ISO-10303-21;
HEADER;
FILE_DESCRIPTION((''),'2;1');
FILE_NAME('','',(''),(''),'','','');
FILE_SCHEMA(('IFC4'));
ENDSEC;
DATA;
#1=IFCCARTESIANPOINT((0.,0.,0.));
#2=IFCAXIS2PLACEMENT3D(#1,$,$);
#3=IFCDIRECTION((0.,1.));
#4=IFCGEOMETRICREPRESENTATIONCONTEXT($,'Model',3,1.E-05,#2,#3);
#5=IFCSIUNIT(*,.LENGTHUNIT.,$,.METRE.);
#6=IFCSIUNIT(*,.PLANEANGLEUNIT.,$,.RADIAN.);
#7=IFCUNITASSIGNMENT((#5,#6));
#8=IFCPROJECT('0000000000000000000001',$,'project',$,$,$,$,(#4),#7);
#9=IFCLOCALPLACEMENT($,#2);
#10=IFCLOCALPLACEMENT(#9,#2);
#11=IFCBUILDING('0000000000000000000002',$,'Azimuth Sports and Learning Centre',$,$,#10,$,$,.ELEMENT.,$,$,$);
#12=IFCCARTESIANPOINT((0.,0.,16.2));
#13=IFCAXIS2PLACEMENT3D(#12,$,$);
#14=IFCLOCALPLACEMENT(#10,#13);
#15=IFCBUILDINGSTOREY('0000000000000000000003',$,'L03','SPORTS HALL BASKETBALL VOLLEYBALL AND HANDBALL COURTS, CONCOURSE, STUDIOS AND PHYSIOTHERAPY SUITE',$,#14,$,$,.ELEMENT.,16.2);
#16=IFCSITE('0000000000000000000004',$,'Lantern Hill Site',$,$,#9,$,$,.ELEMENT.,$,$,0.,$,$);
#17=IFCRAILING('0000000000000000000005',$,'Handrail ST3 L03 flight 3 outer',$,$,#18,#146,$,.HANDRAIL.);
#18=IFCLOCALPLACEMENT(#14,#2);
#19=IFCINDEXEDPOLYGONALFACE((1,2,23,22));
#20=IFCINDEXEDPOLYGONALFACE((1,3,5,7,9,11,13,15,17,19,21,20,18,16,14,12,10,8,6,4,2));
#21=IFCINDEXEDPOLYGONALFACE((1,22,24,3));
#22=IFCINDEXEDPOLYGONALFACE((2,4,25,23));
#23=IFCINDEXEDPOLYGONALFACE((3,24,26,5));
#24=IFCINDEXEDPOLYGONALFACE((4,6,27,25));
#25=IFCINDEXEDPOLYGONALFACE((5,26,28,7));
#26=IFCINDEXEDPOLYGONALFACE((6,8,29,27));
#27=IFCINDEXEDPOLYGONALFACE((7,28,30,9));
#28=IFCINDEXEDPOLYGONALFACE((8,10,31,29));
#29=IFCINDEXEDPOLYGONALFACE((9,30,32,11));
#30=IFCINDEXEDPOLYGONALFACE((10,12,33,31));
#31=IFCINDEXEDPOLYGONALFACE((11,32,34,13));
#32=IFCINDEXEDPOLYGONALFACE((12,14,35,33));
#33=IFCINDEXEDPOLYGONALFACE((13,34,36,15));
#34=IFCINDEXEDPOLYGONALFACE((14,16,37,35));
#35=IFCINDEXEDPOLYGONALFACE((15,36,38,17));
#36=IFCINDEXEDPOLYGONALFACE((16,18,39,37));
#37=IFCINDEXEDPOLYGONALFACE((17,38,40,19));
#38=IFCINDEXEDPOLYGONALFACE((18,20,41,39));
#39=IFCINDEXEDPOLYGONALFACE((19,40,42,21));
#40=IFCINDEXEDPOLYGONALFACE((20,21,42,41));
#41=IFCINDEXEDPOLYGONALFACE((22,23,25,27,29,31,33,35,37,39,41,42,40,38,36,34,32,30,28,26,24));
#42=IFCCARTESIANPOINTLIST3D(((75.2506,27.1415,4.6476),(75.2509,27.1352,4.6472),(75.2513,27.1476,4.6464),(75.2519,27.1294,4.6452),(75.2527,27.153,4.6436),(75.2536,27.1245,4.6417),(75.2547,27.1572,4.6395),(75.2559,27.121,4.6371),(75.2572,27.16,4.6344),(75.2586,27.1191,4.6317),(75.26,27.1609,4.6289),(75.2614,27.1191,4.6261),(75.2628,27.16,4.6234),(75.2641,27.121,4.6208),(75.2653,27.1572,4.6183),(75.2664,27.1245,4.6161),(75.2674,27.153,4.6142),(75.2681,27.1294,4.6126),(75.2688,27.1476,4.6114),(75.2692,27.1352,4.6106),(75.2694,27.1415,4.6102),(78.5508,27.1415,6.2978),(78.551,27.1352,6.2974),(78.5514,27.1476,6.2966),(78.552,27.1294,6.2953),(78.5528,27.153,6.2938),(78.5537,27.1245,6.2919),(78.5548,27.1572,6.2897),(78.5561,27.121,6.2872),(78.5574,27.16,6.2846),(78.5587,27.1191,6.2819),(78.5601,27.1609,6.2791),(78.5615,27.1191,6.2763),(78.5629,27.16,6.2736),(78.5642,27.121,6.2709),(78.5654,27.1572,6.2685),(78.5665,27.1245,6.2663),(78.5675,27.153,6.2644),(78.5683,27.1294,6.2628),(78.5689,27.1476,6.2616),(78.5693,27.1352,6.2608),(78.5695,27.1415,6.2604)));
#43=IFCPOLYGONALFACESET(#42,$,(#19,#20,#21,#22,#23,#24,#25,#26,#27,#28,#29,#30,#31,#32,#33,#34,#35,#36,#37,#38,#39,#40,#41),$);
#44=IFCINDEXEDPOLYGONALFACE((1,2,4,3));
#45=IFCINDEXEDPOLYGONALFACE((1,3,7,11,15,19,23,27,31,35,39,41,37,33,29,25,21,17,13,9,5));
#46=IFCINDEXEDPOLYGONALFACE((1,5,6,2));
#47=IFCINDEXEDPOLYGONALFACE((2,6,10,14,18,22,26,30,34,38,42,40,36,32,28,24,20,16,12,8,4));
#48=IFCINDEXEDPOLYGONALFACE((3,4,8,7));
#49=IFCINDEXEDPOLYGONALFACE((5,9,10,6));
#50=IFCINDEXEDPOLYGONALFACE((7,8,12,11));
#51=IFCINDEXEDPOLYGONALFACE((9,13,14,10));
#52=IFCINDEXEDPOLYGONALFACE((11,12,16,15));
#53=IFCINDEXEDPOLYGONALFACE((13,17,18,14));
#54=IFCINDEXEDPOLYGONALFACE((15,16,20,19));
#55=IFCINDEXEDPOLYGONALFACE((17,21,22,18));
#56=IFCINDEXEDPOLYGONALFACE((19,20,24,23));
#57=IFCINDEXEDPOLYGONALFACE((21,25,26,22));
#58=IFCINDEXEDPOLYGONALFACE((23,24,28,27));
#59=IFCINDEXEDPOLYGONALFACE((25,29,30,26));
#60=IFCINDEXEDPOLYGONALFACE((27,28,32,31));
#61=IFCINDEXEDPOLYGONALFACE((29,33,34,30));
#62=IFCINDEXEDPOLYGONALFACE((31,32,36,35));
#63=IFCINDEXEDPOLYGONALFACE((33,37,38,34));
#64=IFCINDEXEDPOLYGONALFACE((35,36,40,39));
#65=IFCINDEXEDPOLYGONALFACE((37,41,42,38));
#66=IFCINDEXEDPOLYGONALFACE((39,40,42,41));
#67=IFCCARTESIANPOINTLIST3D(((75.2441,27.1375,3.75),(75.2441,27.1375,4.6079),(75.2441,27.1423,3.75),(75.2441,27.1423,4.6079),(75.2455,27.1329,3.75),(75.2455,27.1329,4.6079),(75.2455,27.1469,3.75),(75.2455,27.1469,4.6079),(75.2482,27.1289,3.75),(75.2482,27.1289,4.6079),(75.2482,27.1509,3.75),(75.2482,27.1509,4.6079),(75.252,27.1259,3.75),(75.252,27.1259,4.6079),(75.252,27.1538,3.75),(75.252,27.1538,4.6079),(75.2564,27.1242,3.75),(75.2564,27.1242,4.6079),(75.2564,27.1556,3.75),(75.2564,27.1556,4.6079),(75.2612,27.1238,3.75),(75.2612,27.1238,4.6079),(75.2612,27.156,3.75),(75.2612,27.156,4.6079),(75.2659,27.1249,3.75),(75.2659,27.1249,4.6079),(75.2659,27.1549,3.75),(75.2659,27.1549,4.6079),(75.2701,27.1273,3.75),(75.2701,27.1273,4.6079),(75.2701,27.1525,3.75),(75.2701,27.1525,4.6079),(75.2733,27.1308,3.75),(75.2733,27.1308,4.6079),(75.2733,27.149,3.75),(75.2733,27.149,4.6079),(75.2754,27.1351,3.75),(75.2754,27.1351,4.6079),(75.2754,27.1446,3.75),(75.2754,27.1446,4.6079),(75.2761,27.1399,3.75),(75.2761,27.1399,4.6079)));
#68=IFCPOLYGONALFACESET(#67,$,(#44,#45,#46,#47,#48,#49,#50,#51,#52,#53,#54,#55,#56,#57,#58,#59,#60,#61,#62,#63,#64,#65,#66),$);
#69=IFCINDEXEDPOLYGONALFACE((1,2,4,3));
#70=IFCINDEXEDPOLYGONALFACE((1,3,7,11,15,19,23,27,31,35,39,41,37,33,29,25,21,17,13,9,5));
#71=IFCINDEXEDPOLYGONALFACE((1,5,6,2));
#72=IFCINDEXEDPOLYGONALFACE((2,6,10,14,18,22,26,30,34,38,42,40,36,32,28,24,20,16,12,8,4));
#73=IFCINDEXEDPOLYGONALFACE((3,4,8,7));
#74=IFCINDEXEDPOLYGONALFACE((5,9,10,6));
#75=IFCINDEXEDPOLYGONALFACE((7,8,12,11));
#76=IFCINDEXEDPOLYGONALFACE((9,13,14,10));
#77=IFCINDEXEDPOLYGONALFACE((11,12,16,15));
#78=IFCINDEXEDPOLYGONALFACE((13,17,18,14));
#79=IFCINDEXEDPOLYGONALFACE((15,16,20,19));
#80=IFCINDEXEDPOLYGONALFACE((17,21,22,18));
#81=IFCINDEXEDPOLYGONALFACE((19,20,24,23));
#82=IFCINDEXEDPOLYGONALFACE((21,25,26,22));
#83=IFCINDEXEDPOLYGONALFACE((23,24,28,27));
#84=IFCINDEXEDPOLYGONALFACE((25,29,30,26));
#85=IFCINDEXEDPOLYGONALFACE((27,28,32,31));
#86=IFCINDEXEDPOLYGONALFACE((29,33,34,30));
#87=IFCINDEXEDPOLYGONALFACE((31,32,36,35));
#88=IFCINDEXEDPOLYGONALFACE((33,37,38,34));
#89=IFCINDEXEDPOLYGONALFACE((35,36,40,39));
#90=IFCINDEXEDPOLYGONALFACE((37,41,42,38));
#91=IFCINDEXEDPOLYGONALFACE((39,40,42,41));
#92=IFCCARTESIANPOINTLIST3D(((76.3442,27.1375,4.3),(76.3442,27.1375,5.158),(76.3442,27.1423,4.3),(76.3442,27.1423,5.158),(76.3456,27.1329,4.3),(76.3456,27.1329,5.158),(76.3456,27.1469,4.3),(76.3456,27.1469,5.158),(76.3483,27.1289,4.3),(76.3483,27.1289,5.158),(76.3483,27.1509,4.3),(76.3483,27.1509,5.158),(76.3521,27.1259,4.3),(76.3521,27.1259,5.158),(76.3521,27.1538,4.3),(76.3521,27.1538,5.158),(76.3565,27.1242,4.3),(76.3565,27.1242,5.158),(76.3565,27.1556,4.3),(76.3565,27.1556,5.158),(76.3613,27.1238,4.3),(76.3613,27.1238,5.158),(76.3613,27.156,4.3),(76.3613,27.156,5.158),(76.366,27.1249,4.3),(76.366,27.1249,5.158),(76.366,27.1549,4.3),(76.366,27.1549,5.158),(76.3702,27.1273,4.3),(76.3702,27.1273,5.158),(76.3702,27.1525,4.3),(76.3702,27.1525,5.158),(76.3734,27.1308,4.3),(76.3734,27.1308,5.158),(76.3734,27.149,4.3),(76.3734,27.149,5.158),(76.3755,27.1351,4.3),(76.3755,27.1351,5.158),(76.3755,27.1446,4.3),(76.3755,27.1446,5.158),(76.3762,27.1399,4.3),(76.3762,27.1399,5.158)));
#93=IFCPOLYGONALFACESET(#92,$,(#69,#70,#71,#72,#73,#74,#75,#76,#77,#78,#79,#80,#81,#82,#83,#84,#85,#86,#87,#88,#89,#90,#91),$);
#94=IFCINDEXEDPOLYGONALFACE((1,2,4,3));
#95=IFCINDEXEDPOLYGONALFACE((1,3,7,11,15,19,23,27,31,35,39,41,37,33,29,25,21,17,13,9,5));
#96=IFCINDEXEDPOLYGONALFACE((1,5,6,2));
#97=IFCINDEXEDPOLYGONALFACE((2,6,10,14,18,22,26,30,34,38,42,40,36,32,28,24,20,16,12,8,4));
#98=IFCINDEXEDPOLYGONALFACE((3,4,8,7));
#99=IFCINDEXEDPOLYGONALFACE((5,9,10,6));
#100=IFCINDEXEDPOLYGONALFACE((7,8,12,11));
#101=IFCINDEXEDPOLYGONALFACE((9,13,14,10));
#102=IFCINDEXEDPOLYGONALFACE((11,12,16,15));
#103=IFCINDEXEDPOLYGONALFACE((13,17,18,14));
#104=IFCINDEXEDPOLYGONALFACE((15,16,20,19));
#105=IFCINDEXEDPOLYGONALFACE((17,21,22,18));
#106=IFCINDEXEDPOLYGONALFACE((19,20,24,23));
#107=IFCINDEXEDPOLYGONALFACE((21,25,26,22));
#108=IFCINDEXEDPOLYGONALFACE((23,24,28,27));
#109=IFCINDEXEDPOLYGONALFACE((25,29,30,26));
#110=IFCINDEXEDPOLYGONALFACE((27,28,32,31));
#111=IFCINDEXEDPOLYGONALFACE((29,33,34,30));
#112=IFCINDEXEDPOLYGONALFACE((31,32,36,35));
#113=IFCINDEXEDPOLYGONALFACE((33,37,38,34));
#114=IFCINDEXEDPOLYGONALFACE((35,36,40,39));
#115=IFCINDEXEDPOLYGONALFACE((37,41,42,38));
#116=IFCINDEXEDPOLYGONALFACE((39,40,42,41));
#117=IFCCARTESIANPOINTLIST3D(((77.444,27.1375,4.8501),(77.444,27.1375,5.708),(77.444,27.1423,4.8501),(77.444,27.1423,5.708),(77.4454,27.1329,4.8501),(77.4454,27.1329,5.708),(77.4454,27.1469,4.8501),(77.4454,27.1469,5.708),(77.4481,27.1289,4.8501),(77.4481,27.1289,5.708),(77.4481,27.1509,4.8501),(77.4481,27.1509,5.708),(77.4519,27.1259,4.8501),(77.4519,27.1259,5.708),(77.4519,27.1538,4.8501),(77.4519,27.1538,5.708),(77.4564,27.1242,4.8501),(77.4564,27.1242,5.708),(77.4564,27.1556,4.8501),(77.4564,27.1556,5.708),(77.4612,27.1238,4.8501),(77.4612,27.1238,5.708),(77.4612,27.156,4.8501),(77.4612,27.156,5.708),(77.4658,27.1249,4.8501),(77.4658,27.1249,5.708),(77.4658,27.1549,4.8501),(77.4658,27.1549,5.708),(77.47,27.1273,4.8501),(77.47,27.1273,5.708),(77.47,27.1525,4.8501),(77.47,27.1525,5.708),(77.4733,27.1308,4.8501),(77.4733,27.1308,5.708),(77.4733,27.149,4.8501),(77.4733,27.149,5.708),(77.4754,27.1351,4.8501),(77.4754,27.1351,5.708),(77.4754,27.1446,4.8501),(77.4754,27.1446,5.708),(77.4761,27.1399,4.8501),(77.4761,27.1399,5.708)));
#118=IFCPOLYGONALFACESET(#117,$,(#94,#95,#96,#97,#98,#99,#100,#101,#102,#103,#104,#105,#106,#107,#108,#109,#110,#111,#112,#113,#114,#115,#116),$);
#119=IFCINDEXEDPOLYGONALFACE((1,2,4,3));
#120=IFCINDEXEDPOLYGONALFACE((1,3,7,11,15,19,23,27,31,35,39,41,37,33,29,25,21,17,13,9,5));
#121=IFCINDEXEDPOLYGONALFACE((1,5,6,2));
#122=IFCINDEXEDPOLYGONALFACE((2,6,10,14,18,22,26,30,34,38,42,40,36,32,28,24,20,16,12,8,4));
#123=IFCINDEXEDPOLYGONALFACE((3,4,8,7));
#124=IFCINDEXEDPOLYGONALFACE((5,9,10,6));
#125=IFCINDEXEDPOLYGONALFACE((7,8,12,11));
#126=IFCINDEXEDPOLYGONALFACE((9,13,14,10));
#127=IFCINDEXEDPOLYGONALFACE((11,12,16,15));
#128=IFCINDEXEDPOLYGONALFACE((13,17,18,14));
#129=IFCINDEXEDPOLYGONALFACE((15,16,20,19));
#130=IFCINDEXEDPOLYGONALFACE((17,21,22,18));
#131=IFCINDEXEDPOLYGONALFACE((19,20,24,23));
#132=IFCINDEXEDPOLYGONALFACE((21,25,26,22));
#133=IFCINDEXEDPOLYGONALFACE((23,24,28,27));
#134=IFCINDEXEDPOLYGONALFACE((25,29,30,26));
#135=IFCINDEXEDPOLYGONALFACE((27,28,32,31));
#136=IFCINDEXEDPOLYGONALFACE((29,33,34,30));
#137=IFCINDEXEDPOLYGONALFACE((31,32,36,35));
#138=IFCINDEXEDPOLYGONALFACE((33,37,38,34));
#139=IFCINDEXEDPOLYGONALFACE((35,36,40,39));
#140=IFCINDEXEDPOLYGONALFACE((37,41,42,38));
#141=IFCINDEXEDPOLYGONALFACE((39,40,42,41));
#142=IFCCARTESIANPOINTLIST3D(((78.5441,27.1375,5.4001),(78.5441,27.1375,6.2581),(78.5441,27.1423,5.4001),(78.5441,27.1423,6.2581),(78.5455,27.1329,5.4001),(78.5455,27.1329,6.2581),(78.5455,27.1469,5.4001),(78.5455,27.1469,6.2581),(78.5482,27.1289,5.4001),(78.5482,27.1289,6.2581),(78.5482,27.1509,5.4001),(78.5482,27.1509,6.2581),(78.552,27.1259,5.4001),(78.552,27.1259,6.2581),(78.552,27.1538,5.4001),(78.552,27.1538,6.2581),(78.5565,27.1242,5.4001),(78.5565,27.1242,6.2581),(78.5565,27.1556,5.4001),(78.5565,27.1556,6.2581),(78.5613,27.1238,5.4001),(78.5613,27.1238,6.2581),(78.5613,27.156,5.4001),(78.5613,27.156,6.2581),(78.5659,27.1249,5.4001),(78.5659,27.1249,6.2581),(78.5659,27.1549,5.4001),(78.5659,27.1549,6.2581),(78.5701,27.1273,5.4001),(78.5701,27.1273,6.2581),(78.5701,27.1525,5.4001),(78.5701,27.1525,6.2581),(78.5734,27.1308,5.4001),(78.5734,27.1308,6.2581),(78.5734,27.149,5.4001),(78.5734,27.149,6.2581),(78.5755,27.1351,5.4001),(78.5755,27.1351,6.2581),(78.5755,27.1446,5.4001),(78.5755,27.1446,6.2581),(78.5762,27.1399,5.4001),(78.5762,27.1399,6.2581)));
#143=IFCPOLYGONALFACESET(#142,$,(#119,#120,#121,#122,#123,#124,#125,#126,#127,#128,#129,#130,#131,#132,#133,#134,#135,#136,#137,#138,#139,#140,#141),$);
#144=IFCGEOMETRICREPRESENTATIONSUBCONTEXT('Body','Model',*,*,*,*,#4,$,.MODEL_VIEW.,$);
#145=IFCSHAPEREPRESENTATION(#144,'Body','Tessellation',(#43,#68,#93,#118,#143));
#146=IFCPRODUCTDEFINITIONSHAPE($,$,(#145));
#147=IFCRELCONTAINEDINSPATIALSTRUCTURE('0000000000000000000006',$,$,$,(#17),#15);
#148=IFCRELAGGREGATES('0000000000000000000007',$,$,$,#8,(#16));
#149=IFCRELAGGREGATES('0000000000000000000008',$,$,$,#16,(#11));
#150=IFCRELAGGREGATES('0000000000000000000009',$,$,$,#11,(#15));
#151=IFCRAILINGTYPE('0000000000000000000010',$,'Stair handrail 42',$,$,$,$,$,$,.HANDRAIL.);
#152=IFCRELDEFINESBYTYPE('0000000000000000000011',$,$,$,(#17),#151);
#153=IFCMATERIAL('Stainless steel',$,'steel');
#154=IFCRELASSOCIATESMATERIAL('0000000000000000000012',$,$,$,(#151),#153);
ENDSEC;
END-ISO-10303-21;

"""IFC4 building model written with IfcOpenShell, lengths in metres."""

from ifc_helpers import new_model, si_unit, direction, frame, origin, origin_2d, place, context, subcontext, project, spatial, circle, extrude, material, type_object, element, save


model = new_model("IFC4")

# Units and contexts
model_context = context("Model", 3, precision=1e-05, world=origin(), true_north=direction((0.0, 1.0)))
body_context = subcontext(model_context, "Body", "Model", "MODEL_VIEW")
ifc_project = project(units=[si_unit("LENGTHUNIT", "METRE"), si_unit("PLANEANGLEUNIT", "RADIAN")], contexts=[model_context])

# Site, building, storey
site_placement = place(None, origin())
site = spatial("IfcSite", under=ifc_project, at=site_placement, Name="Lantern Hill Site", CompositionType="ELEMENT", RefElevation=0.0)
building_placement = place(site_placement, origin())
building = spatial("IfcBuilding", under=site, at=building_placement, Name="Azimuth Sports and Learning Centre", CompositionType="ELEMENT")
storey_placement = place(building_placement, frame((0.0, 0.0, 16.2)))
storey = spatial("IfcBuildingStorey", under=building, at=storey_placement, Name="L03", Description="SPORTS HALL BASKETBALL VOLLEYBALL AND HANDBALL COURTS, CONCOURSE, STUDIOS AND PHYSIOTHERAPY SUITE", CompositionType="ELEMENT", Elevation=16.2)

# Railing
ifc_material_1 = material(Name="Stainless steel", Category="steel")
railing_type_1 = type_object("IfcRailingType", Name="Stair handrail 42", PredefinedType="HANDRAIL", material=ifc_material_1)
for number, where, name in (
    (1, (75.26, 27.1399, 3.75), "Handrail ST3 L03 flight 3 outer"),
):
    element("IfcRailing", number, at=place(storey_placement, frame(where)), inside=storey, type_object=railing_type_1, Name=name, PredefinedType="HANDRAIL", context=body_context, shape_type="SweptSolid", body=[
        extrude(circle(Radius=0.021, at=origin_2d()), frame((0.0, 0.0, 0.8789), z_axis=(0.894414, 0.0, 0.44724), x_axis=(0.0, 1.0, 0.0)), (0.0, 0.0, 1.0), 3.6897),
        extrude(circle(Radius=0.0161, at=origin_2d()), origin(), (0.0, 0.0, 1.0), 0.8579),
        extrude(circle(Radius=0.0161, at=origin_2d()), frame((1.1001, 0.0, 0.55)), (0.0, 0.0, 1.0), 0.8579),
        extrude(circle(Radius=0.0161, at=origin_2d()), frame((2.2, 0.0, 1.1001)), (0.0, 0.0, 1.0), 0.8579),
        extrude(circle(Radius=0.0161, at=origin_2d()), frame((3.3, 0.0, 1.6501)), (0.0, 0.0, 1.0), 0.8579),
    ])

save(model, "model.ifc")
